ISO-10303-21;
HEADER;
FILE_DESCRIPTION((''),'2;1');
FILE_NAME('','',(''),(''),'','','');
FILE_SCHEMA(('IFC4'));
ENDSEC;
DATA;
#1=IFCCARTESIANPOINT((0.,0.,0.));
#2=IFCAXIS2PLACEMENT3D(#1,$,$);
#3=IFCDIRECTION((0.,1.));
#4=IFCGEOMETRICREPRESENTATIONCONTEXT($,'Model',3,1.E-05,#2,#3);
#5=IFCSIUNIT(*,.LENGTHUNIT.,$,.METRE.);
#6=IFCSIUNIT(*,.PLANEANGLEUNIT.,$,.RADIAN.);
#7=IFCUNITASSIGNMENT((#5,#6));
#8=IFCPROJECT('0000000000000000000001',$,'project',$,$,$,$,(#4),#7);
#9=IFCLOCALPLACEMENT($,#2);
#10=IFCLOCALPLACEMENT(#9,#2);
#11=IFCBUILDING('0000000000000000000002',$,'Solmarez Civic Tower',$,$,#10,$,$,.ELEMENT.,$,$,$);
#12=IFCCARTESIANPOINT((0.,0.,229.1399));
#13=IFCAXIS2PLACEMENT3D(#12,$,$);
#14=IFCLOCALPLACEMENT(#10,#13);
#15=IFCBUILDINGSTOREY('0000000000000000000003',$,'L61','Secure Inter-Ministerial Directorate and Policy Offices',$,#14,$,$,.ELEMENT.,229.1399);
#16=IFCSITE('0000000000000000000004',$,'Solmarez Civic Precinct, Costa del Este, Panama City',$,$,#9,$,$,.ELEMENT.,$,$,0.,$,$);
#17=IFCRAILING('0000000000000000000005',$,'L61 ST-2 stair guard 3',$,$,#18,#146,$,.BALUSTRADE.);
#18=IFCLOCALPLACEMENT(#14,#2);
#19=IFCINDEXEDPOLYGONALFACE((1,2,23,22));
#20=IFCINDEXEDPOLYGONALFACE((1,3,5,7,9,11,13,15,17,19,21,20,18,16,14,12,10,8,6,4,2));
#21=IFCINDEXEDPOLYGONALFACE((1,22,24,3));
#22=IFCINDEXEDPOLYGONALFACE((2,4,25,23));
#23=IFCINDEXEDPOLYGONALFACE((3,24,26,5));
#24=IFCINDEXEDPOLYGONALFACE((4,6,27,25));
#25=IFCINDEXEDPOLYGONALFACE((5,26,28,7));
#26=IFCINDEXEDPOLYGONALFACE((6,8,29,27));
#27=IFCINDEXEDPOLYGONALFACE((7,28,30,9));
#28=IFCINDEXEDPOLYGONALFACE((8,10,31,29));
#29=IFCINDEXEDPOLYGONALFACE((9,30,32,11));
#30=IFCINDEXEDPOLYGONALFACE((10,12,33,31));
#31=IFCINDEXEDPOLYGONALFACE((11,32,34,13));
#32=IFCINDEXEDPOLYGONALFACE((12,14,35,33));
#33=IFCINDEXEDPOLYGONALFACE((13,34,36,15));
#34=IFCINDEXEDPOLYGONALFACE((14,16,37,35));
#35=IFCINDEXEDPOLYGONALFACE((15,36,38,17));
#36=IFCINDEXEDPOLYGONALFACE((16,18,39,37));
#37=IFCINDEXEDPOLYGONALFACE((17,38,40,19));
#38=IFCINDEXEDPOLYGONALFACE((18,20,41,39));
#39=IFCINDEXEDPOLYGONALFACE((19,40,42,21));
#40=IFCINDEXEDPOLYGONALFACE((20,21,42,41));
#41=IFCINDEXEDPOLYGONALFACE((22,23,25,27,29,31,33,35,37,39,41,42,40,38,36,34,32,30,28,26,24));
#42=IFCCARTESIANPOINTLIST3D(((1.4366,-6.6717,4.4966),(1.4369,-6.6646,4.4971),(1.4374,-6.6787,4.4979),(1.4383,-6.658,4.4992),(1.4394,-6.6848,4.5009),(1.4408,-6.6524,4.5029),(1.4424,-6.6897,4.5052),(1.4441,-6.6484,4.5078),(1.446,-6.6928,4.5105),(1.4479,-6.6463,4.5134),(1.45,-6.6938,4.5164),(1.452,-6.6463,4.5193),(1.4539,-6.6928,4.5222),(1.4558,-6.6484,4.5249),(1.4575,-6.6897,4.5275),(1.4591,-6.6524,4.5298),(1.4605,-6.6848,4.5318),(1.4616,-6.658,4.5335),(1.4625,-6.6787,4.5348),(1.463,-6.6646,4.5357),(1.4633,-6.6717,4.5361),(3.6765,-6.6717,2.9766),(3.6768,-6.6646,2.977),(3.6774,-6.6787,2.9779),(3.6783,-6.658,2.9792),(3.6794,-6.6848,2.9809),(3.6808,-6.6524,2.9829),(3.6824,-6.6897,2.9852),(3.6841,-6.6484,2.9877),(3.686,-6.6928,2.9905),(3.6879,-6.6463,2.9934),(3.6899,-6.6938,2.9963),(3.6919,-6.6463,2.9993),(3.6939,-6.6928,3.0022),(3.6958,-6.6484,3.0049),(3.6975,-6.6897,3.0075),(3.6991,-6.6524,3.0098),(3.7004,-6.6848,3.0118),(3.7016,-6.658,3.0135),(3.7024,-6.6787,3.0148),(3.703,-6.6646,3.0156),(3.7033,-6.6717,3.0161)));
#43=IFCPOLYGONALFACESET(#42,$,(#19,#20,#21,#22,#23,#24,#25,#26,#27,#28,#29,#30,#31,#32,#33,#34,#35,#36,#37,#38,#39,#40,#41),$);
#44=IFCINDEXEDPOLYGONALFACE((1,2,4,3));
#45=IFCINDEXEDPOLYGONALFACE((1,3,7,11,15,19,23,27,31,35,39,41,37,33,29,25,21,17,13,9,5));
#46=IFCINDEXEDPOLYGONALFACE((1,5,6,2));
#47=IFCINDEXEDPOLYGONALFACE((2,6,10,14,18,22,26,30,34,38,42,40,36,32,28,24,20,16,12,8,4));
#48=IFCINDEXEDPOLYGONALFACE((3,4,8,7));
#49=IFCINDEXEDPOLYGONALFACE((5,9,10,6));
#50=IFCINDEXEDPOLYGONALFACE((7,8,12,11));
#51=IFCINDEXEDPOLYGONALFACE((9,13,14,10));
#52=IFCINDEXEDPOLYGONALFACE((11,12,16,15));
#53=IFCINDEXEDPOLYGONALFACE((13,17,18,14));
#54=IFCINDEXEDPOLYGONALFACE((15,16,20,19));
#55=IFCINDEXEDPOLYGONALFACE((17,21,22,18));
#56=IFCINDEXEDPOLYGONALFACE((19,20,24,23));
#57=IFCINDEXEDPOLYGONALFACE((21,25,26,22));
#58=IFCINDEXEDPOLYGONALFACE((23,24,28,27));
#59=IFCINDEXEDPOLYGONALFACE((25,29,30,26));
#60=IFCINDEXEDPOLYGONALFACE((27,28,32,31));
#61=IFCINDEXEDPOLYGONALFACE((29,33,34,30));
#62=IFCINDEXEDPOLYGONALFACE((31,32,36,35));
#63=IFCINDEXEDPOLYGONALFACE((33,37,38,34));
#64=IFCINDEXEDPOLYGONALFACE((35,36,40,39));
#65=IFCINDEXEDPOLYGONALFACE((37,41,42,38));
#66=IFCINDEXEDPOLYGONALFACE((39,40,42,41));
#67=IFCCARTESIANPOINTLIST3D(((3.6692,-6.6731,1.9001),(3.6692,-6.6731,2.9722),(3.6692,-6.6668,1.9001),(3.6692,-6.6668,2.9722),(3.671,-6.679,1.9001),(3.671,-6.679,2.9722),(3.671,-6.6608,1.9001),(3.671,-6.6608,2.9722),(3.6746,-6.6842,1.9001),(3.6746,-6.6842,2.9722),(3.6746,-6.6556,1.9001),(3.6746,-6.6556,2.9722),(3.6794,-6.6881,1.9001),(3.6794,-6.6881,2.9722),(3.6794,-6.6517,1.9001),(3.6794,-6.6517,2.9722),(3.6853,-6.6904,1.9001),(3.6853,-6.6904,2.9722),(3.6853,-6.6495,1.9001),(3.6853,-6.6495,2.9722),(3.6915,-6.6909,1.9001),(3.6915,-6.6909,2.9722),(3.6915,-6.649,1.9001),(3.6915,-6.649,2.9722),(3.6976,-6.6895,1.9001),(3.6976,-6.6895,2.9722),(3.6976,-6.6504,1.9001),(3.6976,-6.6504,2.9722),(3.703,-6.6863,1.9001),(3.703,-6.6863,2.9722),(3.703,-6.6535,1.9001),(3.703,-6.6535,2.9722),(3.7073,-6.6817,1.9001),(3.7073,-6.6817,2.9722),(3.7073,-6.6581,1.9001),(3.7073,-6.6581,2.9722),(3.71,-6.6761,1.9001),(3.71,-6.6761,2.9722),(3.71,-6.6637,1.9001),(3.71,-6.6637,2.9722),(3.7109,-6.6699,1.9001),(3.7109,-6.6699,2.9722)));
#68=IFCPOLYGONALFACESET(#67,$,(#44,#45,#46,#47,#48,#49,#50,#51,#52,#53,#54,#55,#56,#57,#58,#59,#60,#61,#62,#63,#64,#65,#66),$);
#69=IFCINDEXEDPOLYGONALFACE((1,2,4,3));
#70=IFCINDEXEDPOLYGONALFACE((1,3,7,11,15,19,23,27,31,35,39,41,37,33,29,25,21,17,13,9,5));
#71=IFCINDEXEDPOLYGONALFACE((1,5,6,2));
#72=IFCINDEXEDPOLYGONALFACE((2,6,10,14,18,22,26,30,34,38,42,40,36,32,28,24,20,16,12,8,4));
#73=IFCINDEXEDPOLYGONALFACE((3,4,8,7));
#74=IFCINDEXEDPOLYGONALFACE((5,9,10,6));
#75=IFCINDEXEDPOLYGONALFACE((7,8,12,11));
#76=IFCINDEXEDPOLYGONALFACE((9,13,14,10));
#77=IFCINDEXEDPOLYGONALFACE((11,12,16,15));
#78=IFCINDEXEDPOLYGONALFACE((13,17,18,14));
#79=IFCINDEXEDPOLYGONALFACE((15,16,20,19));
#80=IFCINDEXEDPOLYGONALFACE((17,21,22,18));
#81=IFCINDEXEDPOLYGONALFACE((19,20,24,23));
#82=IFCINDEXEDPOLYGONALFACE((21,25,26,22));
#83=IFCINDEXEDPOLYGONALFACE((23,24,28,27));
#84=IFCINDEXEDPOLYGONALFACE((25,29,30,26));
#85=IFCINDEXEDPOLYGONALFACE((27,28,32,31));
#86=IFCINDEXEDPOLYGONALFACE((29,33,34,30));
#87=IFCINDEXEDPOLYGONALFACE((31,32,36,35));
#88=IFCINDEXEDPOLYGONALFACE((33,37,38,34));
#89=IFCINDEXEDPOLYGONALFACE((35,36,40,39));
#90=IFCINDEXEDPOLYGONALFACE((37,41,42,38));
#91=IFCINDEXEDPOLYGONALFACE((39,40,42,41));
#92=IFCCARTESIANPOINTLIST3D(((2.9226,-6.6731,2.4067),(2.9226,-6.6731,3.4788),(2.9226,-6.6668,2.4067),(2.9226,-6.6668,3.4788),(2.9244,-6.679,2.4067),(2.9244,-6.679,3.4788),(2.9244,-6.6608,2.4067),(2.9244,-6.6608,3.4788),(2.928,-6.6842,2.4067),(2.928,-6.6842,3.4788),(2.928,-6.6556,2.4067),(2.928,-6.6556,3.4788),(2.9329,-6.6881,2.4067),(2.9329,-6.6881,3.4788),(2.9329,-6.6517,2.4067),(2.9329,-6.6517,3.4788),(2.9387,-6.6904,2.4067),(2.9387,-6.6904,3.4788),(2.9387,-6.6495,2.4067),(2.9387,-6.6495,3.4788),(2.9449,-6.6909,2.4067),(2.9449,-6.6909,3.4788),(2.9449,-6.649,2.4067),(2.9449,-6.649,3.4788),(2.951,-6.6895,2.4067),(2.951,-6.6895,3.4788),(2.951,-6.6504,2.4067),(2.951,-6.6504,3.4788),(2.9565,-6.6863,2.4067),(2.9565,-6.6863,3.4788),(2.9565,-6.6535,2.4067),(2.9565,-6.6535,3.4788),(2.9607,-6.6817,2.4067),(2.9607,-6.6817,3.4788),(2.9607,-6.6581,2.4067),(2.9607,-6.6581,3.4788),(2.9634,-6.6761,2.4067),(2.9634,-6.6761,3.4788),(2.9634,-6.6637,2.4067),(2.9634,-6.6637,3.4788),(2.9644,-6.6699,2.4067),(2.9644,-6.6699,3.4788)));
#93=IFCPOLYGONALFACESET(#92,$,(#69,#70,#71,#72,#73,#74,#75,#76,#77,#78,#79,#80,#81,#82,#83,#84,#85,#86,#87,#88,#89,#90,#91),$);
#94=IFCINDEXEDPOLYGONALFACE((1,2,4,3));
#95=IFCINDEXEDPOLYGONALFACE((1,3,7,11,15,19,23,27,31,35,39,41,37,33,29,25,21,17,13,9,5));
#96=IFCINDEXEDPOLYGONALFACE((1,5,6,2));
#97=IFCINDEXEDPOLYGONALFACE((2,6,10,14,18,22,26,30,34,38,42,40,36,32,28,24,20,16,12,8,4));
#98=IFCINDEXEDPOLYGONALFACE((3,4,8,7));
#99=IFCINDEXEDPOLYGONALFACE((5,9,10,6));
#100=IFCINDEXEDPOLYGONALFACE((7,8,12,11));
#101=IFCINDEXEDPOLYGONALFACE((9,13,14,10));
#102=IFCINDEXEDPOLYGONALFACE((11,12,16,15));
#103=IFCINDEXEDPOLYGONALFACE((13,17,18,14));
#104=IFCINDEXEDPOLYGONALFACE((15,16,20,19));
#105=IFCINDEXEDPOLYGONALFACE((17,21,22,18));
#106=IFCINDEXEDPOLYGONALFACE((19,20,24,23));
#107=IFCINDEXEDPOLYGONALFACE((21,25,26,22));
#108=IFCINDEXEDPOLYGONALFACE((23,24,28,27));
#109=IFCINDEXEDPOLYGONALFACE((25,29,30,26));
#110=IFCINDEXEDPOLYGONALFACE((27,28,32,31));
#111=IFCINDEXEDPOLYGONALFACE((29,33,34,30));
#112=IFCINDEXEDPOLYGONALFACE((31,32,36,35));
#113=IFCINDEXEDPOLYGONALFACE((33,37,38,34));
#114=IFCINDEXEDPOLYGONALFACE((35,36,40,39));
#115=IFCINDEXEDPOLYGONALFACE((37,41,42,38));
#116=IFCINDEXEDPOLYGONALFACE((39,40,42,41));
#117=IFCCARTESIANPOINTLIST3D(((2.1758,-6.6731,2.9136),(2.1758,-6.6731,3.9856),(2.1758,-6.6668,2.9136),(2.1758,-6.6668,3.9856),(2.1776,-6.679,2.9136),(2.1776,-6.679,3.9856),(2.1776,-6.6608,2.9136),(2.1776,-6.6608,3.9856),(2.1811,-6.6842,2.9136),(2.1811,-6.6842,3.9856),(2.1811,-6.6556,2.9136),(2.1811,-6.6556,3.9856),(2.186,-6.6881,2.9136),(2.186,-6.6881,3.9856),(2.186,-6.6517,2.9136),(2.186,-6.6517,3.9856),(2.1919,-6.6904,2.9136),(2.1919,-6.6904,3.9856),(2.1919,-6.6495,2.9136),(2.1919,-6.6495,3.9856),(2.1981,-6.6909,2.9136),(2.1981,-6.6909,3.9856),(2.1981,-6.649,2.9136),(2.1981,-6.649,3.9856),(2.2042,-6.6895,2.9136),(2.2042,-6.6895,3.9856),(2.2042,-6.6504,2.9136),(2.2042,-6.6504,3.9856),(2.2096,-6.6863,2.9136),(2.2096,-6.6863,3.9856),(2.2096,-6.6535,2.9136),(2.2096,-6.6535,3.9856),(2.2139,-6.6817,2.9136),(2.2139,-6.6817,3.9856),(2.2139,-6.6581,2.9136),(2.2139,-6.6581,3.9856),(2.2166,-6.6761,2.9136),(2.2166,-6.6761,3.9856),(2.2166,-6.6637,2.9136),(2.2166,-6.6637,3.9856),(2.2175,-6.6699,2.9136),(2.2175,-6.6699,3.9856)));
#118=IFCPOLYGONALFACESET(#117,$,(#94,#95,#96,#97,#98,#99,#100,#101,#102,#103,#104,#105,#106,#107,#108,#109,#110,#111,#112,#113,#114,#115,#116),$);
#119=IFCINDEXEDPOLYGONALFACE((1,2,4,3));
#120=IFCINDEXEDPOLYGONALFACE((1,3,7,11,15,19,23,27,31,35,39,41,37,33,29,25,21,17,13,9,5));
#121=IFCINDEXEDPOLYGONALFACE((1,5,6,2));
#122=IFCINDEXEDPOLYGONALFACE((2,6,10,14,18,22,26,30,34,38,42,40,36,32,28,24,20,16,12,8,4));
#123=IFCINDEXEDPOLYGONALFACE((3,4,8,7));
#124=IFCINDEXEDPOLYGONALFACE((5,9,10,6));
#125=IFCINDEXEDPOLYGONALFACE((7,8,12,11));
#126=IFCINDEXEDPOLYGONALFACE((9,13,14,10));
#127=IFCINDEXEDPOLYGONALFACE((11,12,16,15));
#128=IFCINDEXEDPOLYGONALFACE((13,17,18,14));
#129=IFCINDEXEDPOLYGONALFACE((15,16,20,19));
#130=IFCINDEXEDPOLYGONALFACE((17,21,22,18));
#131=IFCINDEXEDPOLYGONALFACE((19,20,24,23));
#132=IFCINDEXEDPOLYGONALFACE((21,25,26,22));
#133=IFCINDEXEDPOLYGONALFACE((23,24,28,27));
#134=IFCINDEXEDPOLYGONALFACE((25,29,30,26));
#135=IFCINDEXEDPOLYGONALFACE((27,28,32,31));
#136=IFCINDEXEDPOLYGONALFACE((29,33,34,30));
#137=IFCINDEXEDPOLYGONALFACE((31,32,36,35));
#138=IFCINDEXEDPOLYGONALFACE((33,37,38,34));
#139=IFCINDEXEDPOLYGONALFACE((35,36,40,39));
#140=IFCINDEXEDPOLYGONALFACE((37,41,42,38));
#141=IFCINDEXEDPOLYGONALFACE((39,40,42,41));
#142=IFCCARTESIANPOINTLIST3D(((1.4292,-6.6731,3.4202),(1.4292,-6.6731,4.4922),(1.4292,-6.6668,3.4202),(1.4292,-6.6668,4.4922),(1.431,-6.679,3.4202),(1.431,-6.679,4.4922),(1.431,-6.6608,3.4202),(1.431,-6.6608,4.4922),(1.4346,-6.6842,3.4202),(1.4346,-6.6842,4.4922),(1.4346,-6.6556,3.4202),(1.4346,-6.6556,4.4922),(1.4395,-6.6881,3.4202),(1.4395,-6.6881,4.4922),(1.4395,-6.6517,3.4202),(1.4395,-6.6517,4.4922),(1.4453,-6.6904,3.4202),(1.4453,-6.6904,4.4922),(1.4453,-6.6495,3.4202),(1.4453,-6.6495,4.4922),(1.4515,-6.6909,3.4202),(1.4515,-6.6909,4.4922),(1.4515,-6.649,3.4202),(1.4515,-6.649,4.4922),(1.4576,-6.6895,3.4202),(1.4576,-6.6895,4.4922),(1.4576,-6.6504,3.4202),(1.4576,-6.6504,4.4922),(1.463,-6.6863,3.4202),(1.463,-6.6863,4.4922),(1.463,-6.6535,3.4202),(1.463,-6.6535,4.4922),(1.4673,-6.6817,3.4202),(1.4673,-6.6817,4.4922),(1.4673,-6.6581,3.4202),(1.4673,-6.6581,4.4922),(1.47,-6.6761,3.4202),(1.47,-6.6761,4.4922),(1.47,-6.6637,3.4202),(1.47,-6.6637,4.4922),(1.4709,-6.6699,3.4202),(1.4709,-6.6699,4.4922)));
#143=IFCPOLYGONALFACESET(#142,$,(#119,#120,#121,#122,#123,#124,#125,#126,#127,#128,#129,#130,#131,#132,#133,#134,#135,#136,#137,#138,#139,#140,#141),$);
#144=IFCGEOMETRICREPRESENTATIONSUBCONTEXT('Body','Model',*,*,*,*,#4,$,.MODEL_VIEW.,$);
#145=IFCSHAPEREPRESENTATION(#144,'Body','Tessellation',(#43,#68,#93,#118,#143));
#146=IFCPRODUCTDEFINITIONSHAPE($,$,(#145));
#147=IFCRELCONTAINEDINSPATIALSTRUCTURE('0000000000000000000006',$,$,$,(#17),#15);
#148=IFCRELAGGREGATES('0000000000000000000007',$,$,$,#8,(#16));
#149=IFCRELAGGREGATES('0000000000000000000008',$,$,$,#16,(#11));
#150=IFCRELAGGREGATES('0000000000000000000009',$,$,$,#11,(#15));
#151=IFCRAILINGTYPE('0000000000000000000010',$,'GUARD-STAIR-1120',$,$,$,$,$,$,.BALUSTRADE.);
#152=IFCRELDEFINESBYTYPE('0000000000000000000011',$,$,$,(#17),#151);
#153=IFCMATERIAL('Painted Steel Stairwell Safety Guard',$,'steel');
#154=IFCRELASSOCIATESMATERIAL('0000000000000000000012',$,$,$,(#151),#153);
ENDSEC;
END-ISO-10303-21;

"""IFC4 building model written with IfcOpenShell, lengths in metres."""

from ifc_helpers import new_model, si_unit, direction, frame, origin, origin_2d, place, context, subcontext, project, spatial, circle, extrude, material, type_object, element, save


model = new_model("IFC4")

# Units and contexts
model_context = context("Model", 3, precision=1e-05, world=origin(), true_north=direction((0.0, 1.0)))
body_context = subcontext(model_context, "Body", "Model", "MODEL_VIEW")
ifc_project = project(units=[si_unit("LENGTHUNIT", "METRE"), si_unit("PLANEANGLEUNIT", "RADIAN")], contexts=[model_context])

# Site, building, storey
site_placement = place(None, origin())
site = spatial("IfcSite", under=ifc_project, at=site_placement, Name="Solmarez Civic Precinct, Costa del Este, Panama City", CompositionType="ELEMENT", RefElevation=0.0)
building_placement = place(site_placement, origin())
building = spatial("IfcBuilding", under=site, at=building_placement, Name="Solmarez Civic Tower", CompositionType="ELEMENT")
storey_placement = place(building_placement, frame((0.0, 0.0, 229.1399)))
storey = spatial("IfcBuildingStorey", under=building, at=storey_placement, Name="L61", Description="Secure Inter-Ministerial Directorate and Policy Offices", CompositionType="ELEMENT", Elevation=229.1399)

# Railing
ifc_material_1 = material(Name="Painted Steel Stairwell Safety Guard", Category="steel")
railing_type_1 = type_object("IfcRailingType", Name="GUARD-STAIR-1120", PredefinedType="BALUSTRADE", material=ifc_material_1)
railing_1_placement = place(storey_placement, frame((3.6899, -6.6699, 1.9001)))
element("IfcRailing", 1, at=railing_1_placement, inside=storey, type_object=railing_type_1, Name="L61 ST-2 stair guard 3", PredefinedType="BALUSTRADE", context=body_context, shape_type="SweptSolid", body=[
    extrude(circle(Radius=0.0239, at=origin_2d()), frame((0.0, 0.0, 1.0962), z_axis=(-0.827471, 0.0, 0.561508), x_axis=(0.0, -1.0, 0.0)), (0.0, 0.0, 1.0), 2.707),
    extrude(circle(Radius=0.021, at=origin_2d()), origin(), (0.0, 0.0, 1.0), 1.072),
    extrude(circle(Radius=0.021, at=origin_2d()), frame((-0.7466, 0.0, 0.5066)), (0.0, 0.0, 1.0), 1.072),
    extrude(circle(Radius=0.021, at=origin_2d()), frame((-1.4934, 0.0, 1.0134)), (0.0, 0.0, 1.0), 1.072),
    extrude(circle(Radius=0.021, at=origin_2d()), frame((-2.24, 0.0, 1.52)), (0.0, 0.0, 1.0), 1.072),
])

save(model, "model.ifc")
